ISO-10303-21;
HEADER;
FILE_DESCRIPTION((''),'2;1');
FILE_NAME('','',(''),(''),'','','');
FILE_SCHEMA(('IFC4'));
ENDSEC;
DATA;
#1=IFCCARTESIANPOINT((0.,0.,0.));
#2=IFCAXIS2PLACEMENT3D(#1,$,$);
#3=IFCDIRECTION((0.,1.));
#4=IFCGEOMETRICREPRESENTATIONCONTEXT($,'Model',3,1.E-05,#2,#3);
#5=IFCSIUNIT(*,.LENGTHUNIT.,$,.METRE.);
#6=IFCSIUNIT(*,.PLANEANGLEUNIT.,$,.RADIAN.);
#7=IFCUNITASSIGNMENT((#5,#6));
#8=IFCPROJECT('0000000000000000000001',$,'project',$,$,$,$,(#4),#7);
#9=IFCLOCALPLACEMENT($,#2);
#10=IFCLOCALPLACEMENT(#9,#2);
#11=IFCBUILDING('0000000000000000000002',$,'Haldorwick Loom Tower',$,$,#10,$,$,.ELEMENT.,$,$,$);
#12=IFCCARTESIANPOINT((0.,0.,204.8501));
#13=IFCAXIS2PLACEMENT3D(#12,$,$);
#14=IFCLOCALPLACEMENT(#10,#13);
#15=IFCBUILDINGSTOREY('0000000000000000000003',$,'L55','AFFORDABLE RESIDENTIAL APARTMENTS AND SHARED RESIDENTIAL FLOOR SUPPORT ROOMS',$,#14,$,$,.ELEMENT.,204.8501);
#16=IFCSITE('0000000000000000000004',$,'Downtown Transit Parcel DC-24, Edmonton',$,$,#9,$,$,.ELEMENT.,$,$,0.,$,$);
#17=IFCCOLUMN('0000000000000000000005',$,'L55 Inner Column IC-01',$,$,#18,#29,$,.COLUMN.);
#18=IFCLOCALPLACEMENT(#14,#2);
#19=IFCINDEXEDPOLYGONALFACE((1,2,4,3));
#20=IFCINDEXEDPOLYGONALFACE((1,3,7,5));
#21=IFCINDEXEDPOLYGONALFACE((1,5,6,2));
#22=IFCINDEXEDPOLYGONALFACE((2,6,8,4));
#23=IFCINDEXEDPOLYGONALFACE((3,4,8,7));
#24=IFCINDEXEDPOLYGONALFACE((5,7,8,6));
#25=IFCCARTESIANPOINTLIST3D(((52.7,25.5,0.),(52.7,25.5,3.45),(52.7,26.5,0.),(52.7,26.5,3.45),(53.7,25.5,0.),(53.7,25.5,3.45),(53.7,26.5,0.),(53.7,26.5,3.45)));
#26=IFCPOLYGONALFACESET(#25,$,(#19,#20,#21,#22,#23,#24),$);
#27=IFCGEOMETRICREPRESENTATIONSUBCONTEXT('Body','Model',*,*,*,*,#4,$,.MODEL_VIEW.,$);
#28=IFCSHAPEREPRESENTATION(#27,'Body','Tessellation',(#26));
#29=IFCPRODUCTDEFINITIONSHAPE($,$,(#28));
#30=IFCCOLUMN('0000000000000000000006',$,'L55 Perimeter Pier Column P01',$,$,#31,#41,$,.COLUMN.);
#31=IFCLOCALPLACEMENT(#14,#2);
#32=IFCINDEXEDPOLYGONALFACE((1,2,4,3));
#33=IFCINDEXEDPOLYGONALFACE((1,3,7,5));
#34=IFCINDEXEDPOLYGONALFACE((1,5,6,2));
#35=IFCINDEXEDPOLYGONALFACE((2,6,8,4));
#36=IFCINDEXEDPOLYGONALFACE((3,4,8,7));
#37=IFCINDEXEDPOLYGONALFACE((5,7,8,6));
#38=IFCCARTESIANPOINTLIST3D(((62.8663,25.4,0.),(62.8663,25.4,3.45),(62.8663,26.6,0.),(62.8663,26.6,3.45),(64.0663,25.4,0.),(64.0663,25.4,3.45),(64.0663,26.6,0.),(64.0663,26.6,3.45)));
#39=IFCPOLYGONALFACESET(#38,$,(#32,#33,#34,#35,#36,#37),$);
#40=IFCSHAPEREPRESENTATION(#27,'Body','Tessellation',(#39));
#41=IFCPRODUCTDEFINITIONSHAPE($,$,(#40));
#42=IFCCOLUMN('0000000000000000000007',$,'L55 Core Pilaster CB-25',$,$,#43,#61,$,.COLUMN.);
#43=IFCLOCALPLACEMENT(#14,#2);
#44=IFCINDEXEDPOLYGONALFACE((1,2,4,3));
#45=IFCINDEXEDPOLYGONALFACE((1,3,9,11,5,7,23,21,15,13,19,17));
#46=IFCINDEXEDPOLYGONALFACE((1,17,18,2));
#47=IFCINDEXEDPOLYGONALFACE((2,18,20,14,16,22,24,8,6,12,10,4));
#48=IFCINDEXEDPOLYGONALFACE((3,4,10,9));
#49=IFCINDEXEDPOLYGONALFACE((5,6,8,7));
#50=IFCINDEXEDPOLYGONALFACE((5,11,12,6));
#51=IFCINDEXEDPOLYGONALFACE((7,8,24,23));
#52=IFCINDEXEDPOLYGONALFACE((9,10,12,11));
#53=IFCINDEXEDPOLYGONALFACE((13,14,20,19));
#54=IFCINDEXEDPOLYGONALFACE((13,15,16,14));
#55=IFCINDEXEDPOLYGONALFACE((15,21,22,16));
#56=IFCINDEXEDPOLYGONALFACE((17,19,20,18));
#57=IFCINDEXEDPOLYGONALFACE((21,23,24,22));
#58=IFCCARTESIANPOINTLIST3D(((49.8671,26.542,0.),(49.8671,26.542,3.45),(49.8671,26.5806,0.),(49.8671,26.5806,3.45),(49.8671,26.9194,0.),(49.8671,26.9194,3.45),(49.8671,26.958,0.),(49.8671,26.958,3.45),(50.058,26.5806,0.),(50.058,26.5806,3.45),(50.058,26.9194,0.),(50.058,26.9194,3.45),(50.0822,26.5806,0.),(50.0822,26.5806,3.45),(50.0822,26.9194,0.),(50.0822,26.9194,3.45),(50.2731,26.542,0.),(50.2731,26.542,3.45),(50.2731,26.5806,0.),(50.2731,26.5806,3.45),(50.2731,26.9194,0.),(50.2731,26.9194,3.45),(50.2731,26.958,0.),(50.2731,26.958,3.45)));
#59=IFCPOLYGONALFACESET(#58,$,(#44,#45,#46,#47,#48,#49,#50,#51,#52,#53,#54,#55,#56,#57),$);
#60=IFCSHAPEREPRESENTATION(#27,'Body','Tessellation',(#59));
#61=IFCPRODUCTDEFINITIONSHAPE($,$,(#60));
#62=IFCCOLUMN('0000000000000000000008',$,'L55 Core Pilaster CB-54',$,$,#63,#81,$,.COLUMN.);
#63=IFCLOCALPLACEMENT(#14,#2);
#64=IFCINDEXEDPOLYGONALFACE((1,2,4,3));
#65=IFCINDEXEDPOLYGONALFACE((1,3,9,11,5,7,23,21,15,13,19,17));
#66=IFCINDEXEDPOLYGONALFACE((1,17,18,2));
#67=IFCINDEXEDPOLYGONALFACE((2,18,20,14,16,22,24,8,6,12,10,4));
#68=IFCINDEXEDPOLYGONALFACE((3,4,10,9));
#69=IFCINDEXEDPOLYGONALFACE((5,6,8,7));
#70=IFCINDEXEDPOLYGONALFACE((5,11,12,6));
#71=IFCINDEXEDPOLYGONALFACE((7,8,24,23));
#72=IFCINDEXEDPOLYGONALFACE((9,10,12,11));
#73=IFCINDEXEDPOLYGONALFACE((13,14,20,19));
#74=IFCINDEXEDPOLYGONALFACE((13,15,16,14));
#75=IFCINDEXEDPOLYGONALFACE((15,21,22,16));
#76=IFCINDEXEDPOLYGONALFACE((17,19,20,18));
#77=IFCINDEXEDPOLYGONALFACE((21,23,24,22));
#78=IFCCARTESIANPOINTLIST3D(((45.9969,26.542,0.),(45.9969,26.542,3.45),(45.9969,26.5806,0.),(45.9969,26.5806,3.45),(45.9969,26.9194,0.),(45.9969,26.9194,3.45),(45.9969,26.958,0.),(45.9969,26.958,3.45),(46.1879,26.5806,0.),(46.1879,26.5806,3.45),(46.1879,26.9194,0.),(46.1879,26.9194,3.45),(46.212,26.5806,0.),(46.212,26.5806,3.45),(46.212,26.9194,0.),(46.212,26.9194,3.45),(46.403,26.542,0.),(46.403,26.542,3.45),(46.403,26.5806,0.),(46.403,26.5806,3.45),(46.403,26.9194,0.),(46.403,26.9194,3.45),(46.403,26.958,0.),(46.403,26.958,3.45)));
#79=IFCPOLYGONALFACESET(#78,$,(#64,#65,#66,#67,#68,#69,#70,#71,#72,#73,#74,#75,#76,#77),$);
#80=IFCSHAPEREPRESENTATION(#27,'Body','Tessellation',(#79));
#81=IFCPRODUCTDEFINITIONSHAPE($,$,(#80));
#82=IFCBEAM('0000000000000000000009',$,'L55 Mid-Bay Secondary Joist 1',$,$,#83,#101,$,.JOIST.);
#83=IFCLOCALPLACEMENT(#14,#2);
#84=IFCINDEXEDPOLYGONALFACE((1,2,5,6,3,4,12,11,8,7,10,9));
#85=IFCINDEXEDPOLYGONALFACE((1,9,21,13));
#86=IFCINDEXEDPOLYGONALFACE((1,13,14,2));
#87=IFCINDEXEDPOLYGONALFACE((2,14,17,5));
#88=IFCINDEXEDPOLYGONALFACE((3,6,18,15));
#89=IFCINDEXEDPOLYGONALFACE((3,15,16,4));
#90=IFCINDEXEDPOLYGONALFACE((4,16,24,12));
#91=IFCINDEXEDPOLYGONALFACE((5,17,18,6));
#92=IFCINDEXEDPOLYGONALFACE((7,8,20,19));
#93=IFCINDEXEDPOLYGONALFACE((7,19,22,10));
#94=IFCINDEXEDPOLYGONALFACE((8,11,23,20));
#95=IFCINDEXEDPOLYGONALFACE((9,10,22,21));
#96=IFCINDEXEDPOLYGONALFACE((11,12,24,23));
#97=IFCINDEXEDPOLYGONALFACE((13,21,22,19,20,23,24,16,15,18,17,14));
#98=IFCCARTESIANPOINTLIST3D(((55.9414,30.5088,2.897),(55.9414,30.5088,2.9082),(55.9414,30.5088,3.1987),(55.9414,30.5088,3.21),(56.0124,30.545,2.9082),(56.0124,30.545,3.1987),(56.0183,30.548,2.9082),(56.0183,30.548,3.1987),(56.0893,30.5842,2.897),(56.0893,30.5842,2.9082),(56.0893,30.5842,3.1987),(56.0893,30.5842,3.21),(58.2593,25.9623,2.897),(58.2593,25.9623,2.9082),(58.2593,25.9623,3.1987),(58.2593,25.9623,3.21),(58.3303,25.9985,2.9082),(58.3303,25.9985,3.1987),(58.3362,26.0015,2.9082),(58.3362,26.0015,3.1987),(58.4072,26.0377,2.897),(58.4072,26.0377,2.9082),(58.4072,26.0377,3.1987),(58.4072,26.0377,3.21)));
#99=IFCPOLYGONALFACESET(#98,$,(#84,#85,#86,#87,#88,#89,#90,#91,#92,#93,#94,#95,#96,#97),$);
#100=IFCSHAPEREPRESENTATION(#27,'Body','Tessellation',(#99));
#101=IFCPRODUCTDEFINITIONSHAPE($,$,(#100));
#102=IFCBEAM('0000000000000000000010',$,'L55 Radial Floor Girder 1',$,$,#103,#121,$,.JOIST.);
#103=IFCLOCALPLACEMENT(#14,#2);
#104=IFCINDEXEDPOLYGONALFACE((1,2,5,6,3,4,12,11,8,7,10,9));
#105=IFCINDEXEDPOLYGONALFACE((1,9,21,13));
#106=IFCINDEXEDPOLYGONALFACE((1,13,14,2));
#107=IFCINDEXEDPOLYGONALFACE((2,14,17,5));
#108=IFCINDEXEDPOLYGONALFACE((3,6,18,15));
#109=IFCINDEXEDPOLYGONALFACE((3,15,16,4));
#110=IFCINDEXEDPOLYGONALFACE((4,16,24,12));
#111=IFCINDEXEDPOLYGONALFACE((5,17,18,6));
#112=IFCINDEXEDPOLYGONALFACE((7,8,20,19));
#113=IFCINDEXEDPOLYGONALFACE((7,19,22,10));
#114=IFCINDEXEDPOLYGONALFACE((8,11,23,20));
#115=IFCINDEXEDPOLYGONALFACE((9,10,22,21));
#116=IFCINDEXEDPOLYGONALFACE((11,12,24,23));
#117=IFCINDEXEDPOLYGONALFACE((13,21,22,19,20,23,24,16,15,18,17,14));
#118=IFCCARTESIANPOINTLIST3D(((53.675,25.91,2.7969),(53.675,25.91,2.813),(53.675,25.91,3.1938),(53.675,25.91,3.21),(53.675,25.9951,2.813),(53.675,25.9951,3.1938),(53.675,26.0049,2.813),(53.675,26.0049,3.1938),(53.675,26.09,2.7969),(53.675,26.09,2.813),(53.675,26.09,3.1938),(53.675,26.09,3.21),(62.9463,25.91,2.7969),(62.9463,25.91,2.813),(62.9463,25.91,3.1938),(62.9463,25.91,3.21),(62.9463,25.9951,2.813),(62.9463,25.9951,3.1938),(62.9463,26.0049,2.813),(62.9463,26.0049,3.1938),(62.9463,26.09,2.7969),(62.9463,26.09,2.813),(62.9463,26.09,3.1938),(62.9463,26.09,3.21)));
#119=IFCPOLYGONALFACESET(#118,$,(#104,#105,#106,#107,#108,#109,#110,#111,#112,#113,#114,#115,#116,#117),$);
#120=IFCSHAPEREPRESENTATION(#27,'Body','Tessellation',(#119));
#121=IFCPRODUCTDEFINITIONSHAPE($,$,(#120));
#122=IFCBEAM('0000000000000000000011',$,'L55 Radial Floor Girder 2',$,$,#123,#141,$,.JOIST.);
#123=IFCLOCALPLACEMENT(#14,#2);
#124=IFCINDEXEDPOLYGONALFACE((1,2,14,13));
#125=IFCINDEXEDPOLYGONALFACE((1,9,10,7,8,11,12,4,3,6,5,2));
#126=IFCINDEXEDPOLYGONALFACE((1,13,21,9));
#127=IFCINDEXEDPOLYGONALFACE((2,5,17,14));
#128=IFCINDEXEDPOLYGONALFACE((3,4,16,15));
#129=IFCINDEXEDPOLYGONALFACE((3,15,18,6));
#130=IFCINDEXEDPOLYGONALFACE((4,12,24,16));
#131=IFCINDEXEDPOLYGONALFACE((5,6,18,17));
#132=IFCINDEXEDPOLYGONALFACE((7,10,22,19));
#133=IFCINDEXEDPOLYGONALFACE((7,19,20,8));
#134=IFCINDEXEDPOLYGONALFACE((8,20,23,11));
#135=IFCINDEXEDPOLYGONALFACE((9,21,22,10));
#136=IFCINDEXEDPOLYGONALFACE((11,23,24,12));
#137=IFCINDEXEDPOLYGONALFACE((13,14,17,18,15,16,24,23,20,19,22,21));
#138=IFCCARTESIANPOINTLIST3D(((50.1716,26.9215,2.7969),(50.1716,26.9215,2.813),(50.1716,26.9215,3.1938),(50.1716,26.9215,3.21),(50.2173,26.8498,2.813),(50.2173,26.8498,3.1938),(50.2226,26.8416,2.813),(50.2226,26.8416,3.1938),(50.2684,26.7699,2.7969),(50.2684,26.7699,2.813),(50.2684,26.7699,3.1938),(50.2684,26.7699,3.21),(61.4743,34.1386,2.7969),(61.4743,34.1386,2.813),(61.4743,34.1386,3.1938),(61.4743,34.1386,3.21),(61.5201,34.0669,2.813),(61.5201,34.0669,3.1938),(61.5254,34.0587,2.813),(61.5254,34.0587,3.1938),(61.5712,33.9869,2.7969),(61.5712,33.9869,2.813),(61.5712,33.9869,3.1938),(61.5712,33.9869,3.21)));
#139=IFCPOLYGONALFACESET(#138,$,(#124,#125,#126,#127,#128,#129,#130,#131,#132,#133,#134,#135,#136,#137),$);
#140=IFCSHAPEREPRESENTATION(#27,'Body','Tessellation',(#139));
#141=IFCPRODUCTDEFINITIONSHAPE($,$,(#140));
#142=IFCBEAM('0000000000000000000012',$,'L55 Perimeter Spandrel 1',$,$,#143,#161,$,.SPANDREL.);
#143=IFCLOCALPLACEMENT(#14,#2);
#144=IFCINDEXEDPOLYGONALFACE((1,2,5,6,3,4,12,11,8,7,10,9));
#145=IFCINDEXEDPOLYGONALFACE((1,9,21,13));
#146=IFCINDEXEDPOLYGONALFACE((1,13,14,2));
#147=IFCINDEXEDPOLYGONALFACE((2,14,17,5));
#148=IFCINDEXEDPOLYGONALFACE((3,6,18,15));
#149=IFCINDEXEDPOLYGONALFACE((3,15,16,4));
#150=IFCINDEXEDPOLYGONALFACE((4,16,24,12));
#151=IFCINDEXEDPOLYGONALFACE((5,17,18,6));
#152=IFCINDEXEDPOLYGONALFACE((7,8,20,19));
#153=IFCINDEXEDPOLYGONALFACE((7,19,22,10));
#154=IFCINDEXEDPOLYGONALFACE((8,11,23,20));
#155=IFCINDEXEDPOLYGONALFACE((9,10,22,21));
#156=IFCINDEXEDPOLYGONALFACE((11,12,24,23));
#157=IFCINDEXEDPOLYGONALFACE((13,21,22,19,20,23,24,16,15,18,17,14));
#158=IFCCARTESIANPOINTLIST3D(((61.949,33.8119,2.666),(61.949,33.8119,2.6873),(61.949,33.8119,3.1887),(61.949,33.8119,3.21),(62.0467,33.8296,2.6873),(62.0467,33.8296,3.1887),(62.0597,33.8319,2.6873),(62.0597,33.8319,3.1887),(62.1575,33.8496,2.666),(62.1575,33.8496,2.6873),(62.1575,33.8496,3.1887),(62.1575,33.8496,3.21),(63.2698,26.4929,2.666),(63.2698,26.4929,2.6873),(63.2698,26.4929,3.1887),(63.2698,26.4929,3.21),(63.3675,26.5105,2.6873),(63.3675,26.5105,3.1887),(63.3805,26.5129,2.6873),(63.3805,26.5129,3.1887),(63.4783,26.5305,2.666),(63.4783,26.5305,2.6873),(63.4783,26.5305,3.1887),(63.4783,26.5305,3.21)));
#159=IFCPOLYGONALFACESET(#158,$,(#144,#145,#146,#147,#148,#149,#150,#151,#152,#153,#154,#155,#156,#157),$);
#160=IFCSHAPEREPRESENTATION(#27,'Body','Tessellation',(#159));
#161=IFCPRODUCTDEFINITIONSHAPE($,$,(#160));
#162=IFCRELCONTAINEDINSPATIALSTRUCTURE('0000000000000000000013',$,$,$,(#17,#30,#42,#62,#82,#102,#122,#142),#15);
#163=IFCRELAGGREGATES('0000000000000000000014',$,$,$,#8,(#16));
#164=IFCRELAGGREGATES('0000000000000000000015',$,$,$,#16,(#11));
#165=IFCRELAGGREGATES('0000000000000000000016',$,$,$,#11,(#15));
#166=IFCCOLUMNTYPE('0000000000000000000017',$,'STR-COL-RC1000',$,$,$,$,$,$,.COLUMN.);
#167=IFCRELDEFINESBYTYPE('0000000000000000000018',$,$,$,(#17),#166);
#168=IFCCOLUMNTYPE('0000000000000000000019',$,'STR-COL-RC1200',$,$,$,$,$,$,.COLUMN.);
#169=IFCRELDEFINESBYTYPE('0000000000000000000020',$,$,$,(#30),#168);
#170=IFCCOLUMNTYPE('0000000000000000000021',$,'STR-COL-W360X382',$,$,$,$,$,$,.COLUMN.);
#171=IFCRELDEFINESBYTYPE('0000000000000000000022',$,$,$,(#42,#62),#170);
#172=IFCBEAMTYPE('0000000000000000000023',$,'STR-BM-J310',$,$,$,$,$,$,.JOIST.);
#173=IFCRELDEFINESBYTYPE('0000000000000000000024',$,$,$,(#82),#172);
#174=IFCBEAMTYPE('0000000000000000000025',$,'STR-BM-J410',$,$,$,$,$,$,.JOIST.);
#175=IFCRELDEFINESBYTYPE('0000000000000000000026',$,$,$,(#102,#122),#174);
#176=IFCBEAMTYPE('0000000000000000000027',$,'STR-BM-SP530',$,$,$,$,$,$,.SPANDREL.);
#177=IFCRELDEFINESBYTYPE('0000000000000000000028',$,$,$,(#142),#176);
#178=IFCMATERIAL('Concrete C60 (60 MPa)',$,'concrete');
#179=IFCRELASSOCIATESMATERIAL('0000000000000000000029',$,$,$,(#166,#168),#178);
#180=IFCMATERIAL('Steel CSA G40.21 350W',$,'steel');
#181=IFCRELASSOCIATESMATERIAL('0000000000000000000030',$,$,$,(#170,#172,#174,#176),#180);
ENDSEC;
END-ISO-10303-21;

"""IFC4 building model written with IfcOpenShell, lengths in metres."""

from ifc_helpers import new_model, si_unit, direction, frame, origin, origin_2d, place, context, subcontext, project, spatial, rectangle, i_section, extrude, material, material_profile, profile_set, type_object, element, save


model = new_model("IFC4")

# Units and contexts
model_context = context("Model", 3, precision=1e-05, world=origin(), true_north=direction((0.0, 1.0)))
body_context = subcontext(model_context, "Body", "Model", "MODEL_VIEW")
ifc_project = project(units=[si_unit("LENGTHUNIT", "METRE"), si_unit("PLANEANGLEUNIT", "RADIAN")], contexts=[model_context])

# Site, building, storey
site_placement = place(None, origin())
site = spatial("IfcSite", under=ifc_project, at=site_placement, Name="Downtown Transit Parcel DC-24, Edmonton", CompositionType="ELEMENT", RefElevation=0.0)
building_placement = place(site_placement, origin())
building = spatial("IfcBuilding", under=site, at=building_placement, Name="Haldorwick Loom Tower", CompositionType="ELEMENT")
storey_placement = place(building_placement, frame((0.0, 0.0, 204.8501)))
storey = spatial("IfcBuildingStorey", under=building, at=storey_placement, Name="L55", Description="AFFORDABLE RESIDENTIAL APARTMENTS AND SHARED RESIDENTIAL FLOOR SUPPORT ROOMS", CompositionType="ELEMENT", Elevation=204.8501)

# Columns
ifc_material_1 = material(Name="Concrete C60 (60 MPa)", Category="concrete")
ifc_material_profile_1 = material_profile(ifc_material_1, rectangle(XDim=1.0, YDim=1.0, at=origin_2d()), Name="RC1000X1000", Category="concrete")
ifc_profile_set_1 = profile_set([ifc_material_profile_1], Name="Concrete C60 (60 MPa)")
column_type_1 = type_object("IfcColumnType", Name="STR-COL-RC1000", PredefinedType="COLUMN", material=ifc_profile_set_1)
column_1_placement = place(storey_placement, frame((53.2, 26.0, 0.0), z_axis=(0.0, 0.0, 1.0), x_axis=(1.0, 0.0, 0.0)))
element("IfcColumn", 1, at=column_1_placement, inside=storey, type_object=column_type_1, Name="L55 Inner Column IC-01", PredefinedType="COLUMN", context=body_context, shape_type="SweptSolid", body=[
    extrude(rectangle(XDim=1.0, YDim=1.0, at=origin_2d()), origin(), (0.0, 0.0, 1.0), 3.45),
])
ifc_material_profile_2 = material_profile(ifc_material_1, rectangle(XDim=1.2, YDim=1.2, at=origin_2d()), Name="RC1200X1200", Category="concrete")
ifc_profile_set_2 = profile_set([ifc_material_profile_2], Name="Concrete C60 (60 MPa)")
column_type_2 = type_object("IfcColumnType", Name="STR-COL-RC1200", PredefinedType="COLUMN", material=ifc_profile_set_2)
column_2_placement = place(storey_placement, frame((63.4663, 26.0, 0.0), z_axis=(0.0, 0.0, 1.0), x_axis=(1.0, 0.0, 0.0)))
element("IfcColumn", 2, at=column_2_placement, inside=storey, type_object=column_type_2, Name="L55 Perimeter Pier Column P01", PredefinedType="COLUMN", context=body_context, shape_type="SweptSolid", body=[
    extrude(rectangle(XDim=1.2, YDim=1.2, at=origin_2d()), origin(), (0.0, 0.0, 1.0), 3.45),
])
ifc_material_2 = material(Name="Steel CSA G40.21 350W", Category="steel")
ifc_material_profile_3 = material_profile(ifc_material_2, i_section(OverallWidth=0.406, OverallDepth=0.416, WebThickness=0.0242, FlangeThickness=0.0386, at=origin_2d()), Name="W360X382", Category="steel")
ifc_profile_set_3 = profile_set([ifc_material_profile_3], Name="Steel CSA G40.21 350W")
column_type_3 = type_object("IfcColumnType", Name="STR-COL-W360X382", PredefinedType="COLUMN", material=ifc_profile_set_3)
for number, where, z_axis, x_axis, name in (
    (3, (50.0701, 26.75, 0.0), (0.0, 0.0, 1.0), (1.0, 0.0, 0.0), "L55 Core Pilaster CB-25"),
    (4, (46.2, 26.75, 0.0), (0.0, 0.0, 1.0), (1.0, 0.0, 0.0), "L55 Core Pilaster CB-54"),
):
    element("IfcColumn", number, at=place(storey_placement, frame(where, z_axis=z_axis, x_axis=x_axis)), inside=storey, type_object=column_type_3, Name=name, PredefinedType="COLUMN", context=body_context, shape_type="SweptSolid", body=[
        extrude(i_section(OverallWidth=0.406, OverallDepth=0.416, WebThickness=0.0242, FlangeThickness=0.0386, at=origin_2d()), origin(), (0.0, 0.0, 1.0), 3.45),
    ])

# Beams
ifc_material_profile_4 = material_profile(ifc_material_2, i_section(OverallWidth=0.166, OverallDepth=0.313, WebThickness=0.0066, FlangeThickness=0.0112, at=origin_2d()), Name="W310X45", Category="steel")
ifc_profile_set_4 = profile_set([ifc_material_profile_4], Name="Steel CSA G40.21 350W")
beam_type_1 = type_object("IfcBeamType", Name="STR-BM-J310", PredefinedType="JOIST", material=ifc_profile_set_4)
beam_1_placement = place(storey_placement, frame((58.3333, 26.0, 3.0535), z_axis=(-0.454204, 0.890898, 0.0), x_axis=(-0.890898, -0.454204, 0.0)))
element("IfcBeam", 5, at=beam_1_placement, inside=storey, type_object=beam_type_1, Name="L55 Mid-Bay Secondary Joist 1", PredefinedType="JOIST", context=body_context, shape_type="SweptSolid", body=[
    extrude(i_section(OverallWidth=0.166, OverallDepth=0.313, WebThickness=0.0066, FlangeThickness=0.0112, at=origin_2d()), origin(), (0.0, 0.0, 1.0), 5.1033),
])
ifc_material_profile_5 = material_profile(ifc_material_2, i_section(OverallWidth=0.1799, OverallDepth=0.4131, WebThickness=0.0098, FlangeThickness=0.0161, at=origin_2d()), Name="W410X74", Category="steel")
ifc_profile_set_5 = profile_set([ifc_material_profile_5], Name="Steel CSA G40.21 350W")
beam_type_2 = type_object("IfcBeamType", Name="STR-BM-J410", PredefinedType="JOIST", material=ifc_profile_set_5)
beam_2_placement = place(storey_placement, frame((53.675, 26.0, 3.0034), z_axis=(1.0, 0.0, 0.0), x_axis=(0.0, 1.0, 0.0)))
element("IfcBeam", 6, at=beam_2_placement, inside=storey, type_object=beam_type_2, Name="L55 Radial Floor Girder 1", PredefinedType="JOIST", context=body_context, shape_type="SweptSolid", body=[
    extrude(i_section(OverallWidth=0.1799, OverallDepth=0.4131, WebThickness=0.0098, FlangeThickness=0.0161, at=origin_2d()), origin(), (0.0, 0.0, 1.0), 9.2712),
])
beam_3_placement = place(storey_placement, frame((50.22, 26.8457, 3.0034), z_axis=(0.842837, 0.538169, 0.0), x_axis=(-0.538169, 0.842837, 0.0)))
element("IfcBeam", 7, at=beam_3_placement, inside=storey, type_object=beam_type_2, Name="L55 Radial Floor Girder 2", PredefinedType="JOIST", context=body_context, shape_type="SweptSolid", body=[
    extrude(i_section(OverallWidth=0.1799, OverallDepth=0.4131, WebThickness=0.0098, FlangeThickness=0.0161, at=origin_2d()), origin(), (0.0, 0.0, 1.0), 13.4104),
])
ifc_material_profile_6 = material_profile(ifc_material_2, i_section(OverallWidth=0.2119, OverallDepth=0.5439, WebThickness=0.0132, FlangeThickness=0.0212, at=origin_2d()), Name="W530X123", Category="steel")
ifc_profile_set_6 = profile_set([ifc_material_profile_6], Name="Steel CSA G40.21 350W")
beam_type_3 = type_object("IfcBeamType", Name="STR-BM-SP530", PredefinedType="SPANDREL", material=ifc_profile_set_6)
beam_4_placement = place(storey_placement, frame((63.374, 26.5117, 2.938), z_axis=(-0.177591, 0.984104, 0.0), x_axis=(-0.984104, -0.177591, 0.0)))
element("IfcBeam", 8, at=beam_4_placement, inside=storey, type_object=beam_type_3, Name="L55 Perimeter Spandrel 1", PredefinedType="SPANDREL", context=body_context, shape_type="SweptSolid", body=[
    extrude(i_section(OverallWidth=0.2119, OverallDepth=0.5439, WebThickness=0.0132, FlangeThickness=0.0212, at=origin_2d()), origin(), (0.0, 0.0, 1.0), 7.4373),
])

save(model, "model.ifc")
